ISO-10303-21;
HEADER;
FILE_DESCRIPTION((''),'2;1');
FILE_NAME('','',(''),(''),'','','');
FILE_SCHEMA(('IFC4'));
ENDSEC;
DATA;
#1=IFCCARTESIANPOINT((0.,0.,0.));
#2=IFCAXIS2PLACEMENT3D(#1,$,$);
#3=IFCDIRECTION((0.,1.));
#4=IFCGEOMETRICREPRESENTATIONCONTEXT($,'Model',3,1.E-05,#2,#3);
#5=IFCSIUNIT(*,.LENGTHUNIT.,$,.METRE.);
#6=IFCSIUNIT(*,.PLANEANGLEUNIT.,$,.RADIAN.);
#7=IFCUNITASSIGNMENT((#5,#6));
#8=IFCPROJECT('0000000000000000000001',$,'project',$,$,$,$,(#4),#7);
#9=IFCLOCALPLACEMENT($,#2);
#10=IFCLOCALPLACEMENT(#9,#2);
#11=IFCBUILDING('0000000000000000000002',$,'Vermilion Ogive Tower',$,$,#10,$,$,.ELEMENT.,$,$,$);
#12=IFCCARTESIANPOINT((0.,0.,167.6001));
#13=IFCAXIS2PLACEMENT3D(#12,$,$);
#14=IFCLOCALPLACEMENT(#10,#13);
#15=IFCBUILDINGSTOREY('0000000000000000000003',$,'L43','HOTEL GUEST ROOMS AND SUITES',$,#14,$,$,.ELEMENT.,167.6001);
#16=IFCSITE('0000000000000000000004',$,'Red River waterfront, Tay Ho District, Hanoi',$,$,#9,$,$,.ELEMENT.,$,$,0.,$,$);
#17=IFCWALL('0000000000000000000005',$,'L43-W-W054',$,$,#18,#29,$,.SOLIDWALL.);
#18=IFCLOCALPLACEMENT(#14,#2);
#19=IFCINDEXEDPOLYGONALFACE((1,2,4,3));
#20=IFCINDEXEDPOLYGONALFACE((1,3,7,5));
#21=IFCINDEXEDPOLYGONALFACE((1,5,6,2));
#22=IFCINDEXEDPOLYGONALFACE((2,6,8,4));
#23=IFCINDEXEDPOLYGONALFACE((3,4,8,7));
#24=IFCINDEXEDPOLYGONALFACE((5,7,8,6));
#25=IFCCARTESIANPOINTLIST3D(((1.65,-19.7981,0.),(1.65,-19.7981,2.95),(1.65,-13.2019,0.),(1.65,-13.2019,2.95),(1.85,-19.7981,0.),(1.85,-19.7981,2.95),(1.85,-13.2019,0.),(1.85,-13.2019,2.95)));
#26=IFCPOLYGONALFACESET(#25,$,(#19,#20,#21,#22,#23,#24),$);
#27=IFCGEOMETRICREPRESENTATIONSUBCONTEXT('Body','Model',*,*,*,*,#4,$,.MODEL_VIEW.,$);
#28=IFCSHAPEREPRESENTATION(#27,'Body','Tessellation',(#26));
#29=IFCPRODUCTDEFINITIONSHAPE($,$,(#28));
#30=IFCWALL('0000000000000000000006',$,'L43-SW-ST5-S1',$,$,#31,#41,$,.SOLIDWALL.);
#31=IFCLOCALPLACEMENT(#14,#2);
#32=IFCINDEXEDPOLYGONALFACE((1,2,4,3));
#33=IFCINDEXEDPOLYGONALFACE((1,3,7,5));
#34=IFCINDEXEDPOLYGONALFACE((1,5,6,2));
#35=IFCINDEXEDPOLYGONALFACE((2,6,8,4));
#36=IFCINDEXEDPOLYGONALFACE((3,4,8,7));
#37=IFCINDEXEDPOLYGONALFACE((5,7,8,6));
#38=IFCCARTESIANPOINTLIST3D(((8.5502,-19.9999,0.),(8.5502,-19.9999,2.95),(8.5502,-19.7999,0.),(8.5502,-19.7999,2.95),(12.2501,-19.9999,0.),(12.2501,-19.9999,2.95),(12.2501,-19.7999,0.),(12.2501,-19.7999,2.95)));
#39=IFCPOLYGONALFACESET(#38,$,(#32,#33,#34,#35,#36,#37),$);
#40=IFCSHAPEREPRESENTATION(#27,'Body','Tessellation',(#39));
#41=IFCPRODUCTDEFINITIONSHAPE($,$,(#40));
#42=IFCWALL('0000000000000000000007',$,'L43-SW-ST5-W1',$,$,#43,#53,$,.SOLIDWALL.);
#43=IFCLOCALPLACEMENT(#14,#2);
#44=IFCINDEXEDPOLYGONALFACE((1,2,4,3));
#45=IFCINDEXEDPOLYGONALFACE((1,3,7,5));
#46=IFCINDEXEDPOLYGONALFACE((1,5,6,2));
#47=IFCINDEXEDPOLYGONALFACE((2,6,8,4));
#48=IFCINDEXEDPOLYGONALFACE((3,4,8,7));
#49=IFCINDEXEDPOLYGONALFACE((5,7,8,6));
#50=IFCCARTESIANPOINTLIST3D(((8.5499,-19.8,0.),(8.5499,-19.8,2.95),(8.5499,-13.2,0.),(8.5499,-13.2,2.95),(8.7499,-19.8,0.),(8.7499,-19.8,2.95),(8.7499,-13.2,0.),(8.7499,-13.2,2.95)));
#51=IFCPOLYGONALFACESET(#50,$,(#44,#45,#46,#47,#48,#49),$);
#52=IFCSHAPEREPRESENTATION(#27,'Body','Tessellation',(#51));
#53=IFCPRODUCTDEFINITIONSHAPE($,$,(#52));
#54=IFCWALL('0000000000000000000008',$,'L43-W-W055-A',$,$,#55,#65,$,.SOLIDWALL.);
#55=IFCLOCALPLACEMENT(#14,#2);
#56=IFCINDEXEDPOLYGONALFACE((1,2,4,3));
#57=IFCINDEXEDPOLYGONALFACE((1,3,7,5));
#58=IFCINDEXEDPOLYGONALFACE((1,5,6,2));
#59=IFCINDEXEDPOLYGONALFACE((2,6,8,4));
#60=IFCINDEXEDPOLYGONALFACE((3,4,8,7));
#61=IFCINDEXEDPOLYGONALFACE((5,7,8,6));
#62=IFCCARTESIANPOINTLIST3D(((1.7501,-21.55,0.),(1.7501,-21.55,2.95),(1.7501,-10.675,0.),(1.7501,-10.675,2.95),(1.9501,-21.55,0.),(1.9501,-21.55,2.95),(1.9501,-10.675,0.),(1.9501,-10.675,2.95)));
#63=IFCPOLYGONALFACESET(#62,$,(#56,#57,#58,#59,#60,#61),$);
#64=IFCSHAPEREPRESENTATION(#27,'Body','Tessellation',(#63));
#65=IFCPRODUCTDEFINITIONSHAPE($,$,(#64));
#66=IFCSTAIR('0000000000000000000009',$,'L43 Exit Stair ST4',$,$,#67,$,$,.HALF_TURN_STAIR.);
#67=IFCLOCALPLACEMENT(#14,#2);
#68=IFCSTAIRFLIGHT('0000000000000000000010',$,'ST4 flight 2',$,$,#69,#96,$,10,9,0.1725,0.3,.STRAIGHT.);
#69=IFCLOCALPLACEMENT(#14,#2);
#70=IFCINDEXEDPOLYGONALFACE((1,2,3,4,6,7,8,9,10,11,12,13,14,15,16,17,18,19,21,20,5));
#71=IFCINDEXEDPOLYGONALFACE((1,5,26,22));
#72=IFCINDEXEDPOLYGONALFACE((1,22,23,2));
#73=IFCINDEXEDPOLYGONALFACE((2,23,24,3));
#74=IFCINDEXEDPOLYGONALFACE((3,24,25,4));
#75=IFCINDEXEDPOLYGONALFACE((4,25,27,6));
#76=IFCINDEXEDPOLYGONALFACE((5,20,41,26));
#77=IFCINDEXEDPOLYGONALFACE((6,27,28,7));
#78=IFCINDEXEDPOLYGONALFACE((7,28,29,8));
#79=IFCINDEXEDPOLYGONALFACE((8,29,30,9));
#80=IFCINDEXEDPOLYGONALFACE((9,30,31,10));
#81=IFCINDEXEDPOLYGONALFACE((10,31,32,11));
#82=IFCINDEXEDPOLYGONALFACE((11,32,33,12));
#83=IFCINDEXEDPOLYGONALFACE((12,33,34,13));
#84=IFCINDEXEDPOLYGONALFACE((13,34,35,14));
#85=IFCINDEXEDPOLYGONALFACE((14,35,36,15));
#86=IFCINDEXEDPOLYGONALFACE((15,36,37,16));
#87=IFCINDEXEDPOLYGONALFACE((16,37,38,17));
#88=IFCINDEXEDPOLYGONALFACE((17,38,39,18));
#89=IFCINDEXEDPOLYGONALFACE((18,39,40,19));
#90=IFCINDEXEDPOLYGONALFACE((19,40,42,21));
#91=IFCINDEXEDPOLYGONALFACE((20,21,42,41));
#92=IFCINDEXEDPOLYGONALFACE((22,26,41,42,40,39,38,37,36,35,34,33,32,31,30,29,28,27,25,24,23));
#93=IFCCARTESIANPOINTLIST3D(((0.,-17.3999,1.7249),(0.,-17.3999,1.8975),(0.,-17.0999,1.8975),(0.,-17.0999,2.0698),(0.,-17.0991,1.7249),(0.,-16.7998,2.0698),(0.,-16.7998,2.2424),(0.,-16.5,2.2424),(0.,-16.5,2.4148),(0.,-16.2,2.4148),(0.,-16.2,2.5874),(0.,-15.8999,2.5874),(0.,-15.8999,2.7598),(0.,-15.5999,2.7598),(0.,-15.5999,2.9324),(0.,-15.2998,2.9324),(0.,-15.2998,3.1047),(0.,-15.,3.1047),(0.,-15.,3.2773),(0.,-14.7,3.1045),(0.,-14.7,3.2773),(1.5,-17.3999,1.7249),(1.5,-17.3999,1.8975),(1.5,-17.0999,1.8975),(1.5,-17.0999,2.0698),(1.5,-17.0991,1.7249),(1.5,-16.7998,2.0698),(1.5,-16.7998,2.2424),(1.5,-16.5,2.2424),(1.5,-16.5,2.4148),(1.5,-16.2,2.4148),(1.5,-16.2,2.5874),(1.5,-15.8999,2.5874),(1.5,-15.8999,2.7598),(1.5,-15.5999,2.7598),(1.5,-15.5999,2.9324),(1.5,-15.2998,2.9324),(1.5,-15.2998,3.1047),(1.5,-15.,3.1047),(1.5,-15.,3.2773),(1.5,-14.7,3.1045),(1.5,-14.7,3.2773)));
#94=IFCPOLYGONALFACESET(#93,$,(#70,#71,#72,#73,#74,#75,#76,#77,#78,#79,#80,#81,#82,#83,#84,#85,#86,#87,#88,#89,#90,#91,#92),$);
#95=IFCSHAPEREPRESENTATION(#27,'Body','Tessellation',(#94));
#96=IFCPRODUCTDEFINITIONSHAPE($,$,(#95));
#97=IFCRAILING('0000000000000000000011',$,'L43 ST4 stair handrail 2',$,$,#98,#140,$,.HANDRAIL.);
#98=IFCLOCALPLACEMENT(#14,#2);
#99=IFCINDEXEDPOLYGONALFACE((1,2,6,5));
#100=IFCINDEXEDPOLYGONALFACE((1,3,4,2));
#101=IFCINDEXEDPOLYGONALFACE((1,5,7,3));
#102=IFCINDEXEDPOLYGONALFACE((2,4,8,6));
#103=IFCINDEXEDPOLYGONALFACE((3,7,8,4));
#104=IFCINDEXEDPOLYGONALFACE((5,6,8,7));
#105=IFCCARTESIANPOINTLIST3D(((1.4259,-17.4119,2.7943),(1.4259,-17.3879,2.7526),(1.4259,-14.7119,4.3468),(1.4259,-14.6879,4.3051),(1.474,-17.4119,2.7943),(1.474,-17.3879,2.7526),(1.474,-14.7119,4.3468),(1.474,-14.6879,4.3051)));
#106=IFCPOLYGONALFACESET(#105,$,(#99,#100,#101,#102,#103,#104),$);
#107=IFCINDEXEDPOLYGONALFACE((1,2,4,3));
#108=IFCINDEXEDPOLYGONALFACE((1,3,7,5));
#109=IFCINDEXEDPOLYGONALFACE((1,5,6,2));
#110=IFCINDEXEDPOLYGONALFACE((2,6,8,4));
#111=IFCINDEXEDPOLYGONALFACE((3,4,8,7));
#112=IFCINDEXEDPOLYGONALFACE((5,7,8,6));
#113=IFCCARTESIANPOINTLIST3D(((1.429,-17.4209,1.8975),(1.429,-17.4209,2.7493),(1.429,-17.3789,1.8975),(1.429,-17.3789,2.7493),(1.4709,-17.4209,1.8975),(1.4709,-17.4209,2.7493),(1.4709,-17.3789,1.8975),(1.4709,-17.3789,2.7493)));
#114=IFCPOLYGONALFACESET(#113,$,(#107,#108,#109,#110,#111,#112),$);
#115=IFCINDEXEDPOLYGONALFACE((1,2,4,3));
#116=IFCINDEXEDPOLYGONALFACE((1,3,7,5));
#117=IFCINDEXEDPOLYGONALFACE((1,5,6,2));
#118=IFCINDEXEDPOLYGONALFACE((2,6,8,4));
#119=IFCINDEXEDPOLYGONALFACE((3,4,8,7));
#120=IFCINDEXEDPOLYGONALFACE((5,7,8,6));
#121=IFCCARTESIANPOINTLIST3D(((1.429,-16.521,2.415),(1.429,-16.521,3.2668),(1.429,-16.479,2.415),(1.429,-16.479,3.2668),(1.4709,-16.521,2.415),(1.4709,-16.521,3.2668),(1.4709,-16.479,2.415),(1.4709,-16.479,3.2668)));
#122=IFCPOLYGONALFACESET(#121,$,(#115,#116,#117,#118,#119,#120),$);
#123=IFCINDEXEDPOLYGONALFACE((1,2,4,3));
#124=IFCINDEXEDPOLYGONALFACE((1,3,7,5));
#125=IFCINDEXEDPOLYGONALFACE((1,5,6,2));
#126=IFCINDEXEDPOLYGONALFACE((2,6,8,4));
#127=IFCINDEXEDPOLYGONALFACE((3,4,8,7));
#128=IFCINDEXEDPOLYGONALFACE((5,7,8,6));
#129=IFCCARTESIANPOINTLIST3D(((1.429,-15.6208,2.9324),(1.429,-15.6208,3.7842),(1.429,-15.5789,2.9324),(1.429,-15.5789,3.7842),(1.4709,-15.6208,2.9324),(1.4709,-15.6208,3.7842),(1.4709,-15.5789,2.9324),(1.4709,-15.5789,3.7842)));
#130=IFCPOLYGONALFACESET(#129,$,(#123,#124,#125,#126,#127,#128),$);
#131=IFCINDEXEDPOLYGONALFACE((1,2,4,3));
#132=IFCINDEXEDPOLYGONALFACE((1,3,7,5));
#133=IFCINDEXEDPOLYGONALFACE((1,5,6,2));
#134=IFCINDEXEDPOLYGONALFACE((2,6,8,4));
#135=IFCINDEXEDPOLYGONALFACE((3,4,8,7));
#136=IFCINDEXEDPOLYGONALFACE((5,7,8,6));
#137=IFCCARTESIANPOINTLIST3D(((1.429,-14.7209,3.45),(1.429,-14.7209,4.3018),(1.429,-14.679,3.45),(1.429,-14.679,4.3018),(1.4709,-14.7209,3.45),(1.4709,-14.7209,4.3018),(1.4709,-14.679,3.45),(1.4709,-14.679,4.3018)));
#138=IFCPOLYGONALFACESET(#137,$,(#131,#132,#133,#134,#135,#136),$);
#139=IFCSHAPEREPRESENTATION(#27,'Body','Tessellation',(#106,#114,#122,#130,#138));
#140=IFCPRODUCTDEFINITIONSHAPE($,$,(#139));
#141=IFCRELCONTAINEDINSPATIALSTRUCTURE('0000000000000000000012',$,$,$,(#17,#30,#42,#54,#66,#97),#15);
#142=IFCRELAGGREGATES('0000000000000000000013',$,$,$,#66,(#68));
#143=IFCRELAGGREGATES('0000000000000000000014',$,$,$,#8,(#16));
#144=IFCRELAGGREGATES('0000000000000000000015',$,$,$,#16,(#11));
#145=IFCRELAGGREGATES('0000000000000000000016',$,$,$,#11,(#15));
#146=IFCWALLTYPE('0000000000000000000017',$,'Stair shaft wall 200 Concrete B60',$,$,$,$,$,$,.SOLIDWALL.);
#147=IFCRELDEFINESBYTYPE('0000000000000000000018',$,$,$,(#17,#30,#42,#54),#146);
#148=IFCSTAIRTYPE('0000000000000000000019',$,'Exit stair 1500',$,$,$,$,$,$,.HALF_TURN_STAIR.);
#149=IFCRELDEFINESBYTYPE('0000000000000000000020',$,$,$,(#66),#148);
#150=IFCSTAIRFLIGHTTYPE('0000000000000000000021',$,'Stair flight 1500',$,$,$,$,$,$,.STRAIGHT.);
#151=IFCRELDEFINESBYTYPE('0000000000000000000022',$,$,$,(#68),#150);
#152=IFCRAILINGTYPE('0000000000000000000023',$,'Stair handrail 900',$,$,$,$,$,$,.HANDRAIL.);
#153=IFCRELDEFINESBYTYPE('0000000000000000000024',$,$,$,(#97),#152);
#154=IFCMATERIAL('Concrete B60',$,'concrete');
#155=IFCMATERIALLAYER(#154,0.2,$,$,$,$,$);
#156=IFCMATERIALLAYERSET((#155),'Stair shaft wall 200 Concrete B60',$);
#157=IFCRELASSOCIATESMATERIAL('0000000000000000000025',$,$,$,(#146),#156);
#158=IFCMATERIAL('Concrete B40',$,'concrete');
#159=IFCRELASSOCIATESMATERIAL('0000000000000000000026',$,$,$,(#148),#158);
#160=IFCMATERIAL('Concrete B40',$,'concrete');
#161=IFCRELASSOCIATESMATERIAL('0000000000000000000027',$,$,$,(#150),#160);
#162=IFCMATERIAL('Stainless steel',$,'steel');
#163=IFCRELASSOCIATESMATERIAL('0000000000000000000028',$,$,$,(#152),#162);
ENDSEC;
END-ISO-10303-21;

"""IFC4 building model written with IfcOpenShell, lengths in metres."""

from ifc_helpers import new_model, si_unit, direction, frame, frame_2d, origin, origin_2d, place, context, subcontext, project, spatial, polyline, rectangle, outline, extrude, material, layer, layer_set, type_object, element, aggregate, save


model = new_model("IFC4")

# Units and contexts
model_context = context("Model", 3, precision=1e-05, world=origin(), true_north=direction((0.0, 1.0)))
body_context = subcontext(model_context, "Body", "Model", "MODEL_VIEW")
ifc_project = project(units=[si_unit("LENGTHUNIT", "METRE"), si_unit("PLANEANGLEUNIT", "RADIAN")], contexts=[model_context])

# Site, building, storey
site_placement = place(None, origin())
site = spatial("IfcSite", under=ifc_project, at=site_placement, Name="Red River waterfront, Tay Ho District, Hanoi", CompositionType="ELEMENT", RefElevation=0.0)
building_placement = place(site_placement, origin())
building = spatial("IfcBuilding", under=site, at=building_placement, Name="Vermilion Ogive Tower", CompositionType="ELEMENT")
storey_placement = place(building_placement, frame((0.0, 0.0, 167.6001)))
storey = spatial("IfcBuildingStorey", under=building, at=storey_placement, Name="L43", Description="HOTEL GUEST ROOMS AND SUITES", CompositionType="ELEMENT", Elevation=167.6001)

# Walls
ifc_material_1 = material(Name="Concrete B60", Category="concrete")
ifc_layer_1 = layer(ifc_material_1, 0.2)
ifc_layer_set_1 = layer_set([ifc_layer_1], Name="Stair shaft wall 200 Concrete B60")
wall_type = type_object("IfcWallType", Name="Stair shaft wall 200 Concrete B60", PredefinedType="SOLIDWALL", material=ifc_layer_set_1)
wall_1_placement = place(storey_placement, frame((1.75, -19.7981, 0.0), z_axis=(0.0, 0.0, 1.0), x_axis=(0.0, 1.0, 0.0)))
element("IfcWall", 1, at=wall_1_placement, inside=storey, type_object=wall_type, Name="L43-W-W054", PredefinedType="SOLIDWALL", context=body_context, shape_type="SweptSolid", body=[
    extrude(rectangle(XDim=6.5962, YDim=0.2, at=frame_2d((3.2981, 0.0))), origin(), (0.0, 0.0, 1.0), 2.95),
])
wall_2_placement = place(storey_placement, frame((8.55, -19.8999, 0.0), z_axis=(0.0, 0.0, 1.0), x_axis=(1.0, 0.0, 0.0)))
element("IfcWall", 2, at=wall_2_placement, inside=storey, type_object=wall_type, Name="L43-SW-ST5-S1", PredefinedType="SOLIDWALL", context=body_context, shape_type="SweptSolid", body=[
    extrude(rectangle(XDim=3.7, YDim=0.2, at=frame_2d((1.8501, 0.0))), origin(), (0.0, 0.0, 1.0), 2.95),
])
wall_3_placement = place(storey_placement, frame((8.6499, -19.8, 0.0), z_axis=(0.0, 0.0, 1.0), x_axis=(0.0, 1.0, 0.0)))
element("IfcWall", 3, at=wall_3_placement, inside=storey, type_object=wall_type, Name="L43-SW-ST5-W1", PredefinedType="SOLIDWALL", context=body_context, shape_type="SweptSolid", body=[
    extrude(rectangle(XDim=6.6001, YDim=0.2, at=frame_2d((3.3, 0.0))), origin(), (0.0, 0.0, 1.0), 2.95),
])
wall_4_placement = place(storey_placement, frame((1.8501, -21.55, 0.0), z_axis=(0.0, 0.0, 1.0), x_axis=(0.0, 1.0, 0.0)))
element("IfcWall", 4, at=wall_4_placement, inside=storey, type_object=wall_type, Name="L43-W-W055-A", PredefinedType="SOLIDWALL", context=body_context, shape_type="SweptSolid", body=[
    extrude(rectangle(XDim=10.875, YDim=0.2, at=frame_2d((5.4375, 0.0))), origin(), (0.0, 0.0, 1.0), 2.95),
])

# Stair, stair flight
ifc_material_2 = material(Name="Concrete B40", Category="concrete")
stair_type = type_object("IfcStairType", Name="Exit stair 1500", PredefinedType="HALF_TURN_STAIR", material=ifc_material_2)
stair_placement = place(storey_placement, origin())
stair = element("IfcStair", 5, at=stair_placement, inside=storey, type_object=stair_type, Name="L43 Exit Stair ST4", PredefinedType="HALF_TURN_STAIR")
ifc_material_3 = material(Name="Concrete B40", Category="concrete")
stair_flight_type = type_object("IfcStairFlightType", Name="Stair flight 1500", PredefinedType="STRAIGHT", material=ifc_material_3)
stair_flight_placement = place(storey_placement, frame((0.75, -17.3999, 1.7249), z_axis=(0.0, 0.0, 1.0), x_axis=(0.0, 1.0, 0.0)))
stair_flight = element("IfcStairFlight", 6, at=stair_flight_placement, type_object=stair_flight_type, Name="ST4 flight 2", NumberOfRisers=10, NumberOfTreads=9, PredefinedType="STRAIGHT", RiserHeight=0.1725, TreadLength=0.3, context=body_context, shape_type="SweptSolid", body=[
    extrude(outline(polyline([(0.0, 0.0), (0.0, 0.1726), (0.3, 0.1726), (0.3, 0.345), (0.6001, 0.345), (0.6001, 0.5176), (0.8999, 0.5176), (0.8999, 0.6899), (1.2, 0.6899), (1.2, 0.8625), (1.5, 0.8625), (1.5, 1.0349), (1.8, 1.0349), (1.8, 1.2075), (2.1001, 1.2075), (2.1001, 1.3799), (2.3999, 1.3799), (2.3999, 1.5525), (2.7, 1.5525), (2.7, 1.7251), (2.7, 1.3796), (0.3008, 0.0), (0.0, 0.0)])), frame((0.0, 0.75, 0.0), z_axis=(0.0, -1.0, 0.0), x_axis=(1.0, 0.0, 0.0)), (0.0, 0.0, 1.0), 1.5),
])
aggregate(stair, [stair_flight])

# Railing
ifc_material_4 = material(Name="Stainless steel", Category="steel")
railing_type = type_object("IfcRailingType", Name="Stair handrail 900", PredefinedType="HANDRAIL", material=ifc_material_4)
railing_placement = place(storey_placement, frame((1.45, -17.3999, 1.8975)))
element("IfcRailing", 7, at=railing_placement, inside=storey, type_object=railing_type, Name="L43 ST4 stair handrail 2", PredefinedType="HANDRAIL", context=body_context, shape_type="SweptSolid", body=[
    extrude(rectangle(XDim=0.0481, YDim=0.0481, at=origin_2d()), frame((0.0, 0.0, 0.876), z_axis=(0.0, 0.866904, 0.498476), x_axis=(-1.0, 0.0, 0.0)), (0.0, 0.0, 1.0), 3.1145),
    extrude(rectangle(XDim=0.042, YDim=0.042, at=origin_2d()), origin(), (0.0, 0.0, 1.0), 0.8518),
    extrude(rectangle(XDim=0.042, YDim=0.042, at=origin_2d()), frame((0.0, 0.8999, 0.5176)), (0.0, 0.0, 1.0), 0.8518),
    extrude(rectangle(XDim=0.042, YDim=0.042, at=origin_2d()), frame((0.0, 1.8, 1.0349)), (0.0, 0.0, 1.0), 0.8518),
    extrude(rectangle(XDim=0.042, YDim=0.042, at=origin_2d()), frame((0.0, 2.7, 1.5525)), (0.0, 0.0, 1.0), 0.8518),
])

save(model, "model.ifc")
